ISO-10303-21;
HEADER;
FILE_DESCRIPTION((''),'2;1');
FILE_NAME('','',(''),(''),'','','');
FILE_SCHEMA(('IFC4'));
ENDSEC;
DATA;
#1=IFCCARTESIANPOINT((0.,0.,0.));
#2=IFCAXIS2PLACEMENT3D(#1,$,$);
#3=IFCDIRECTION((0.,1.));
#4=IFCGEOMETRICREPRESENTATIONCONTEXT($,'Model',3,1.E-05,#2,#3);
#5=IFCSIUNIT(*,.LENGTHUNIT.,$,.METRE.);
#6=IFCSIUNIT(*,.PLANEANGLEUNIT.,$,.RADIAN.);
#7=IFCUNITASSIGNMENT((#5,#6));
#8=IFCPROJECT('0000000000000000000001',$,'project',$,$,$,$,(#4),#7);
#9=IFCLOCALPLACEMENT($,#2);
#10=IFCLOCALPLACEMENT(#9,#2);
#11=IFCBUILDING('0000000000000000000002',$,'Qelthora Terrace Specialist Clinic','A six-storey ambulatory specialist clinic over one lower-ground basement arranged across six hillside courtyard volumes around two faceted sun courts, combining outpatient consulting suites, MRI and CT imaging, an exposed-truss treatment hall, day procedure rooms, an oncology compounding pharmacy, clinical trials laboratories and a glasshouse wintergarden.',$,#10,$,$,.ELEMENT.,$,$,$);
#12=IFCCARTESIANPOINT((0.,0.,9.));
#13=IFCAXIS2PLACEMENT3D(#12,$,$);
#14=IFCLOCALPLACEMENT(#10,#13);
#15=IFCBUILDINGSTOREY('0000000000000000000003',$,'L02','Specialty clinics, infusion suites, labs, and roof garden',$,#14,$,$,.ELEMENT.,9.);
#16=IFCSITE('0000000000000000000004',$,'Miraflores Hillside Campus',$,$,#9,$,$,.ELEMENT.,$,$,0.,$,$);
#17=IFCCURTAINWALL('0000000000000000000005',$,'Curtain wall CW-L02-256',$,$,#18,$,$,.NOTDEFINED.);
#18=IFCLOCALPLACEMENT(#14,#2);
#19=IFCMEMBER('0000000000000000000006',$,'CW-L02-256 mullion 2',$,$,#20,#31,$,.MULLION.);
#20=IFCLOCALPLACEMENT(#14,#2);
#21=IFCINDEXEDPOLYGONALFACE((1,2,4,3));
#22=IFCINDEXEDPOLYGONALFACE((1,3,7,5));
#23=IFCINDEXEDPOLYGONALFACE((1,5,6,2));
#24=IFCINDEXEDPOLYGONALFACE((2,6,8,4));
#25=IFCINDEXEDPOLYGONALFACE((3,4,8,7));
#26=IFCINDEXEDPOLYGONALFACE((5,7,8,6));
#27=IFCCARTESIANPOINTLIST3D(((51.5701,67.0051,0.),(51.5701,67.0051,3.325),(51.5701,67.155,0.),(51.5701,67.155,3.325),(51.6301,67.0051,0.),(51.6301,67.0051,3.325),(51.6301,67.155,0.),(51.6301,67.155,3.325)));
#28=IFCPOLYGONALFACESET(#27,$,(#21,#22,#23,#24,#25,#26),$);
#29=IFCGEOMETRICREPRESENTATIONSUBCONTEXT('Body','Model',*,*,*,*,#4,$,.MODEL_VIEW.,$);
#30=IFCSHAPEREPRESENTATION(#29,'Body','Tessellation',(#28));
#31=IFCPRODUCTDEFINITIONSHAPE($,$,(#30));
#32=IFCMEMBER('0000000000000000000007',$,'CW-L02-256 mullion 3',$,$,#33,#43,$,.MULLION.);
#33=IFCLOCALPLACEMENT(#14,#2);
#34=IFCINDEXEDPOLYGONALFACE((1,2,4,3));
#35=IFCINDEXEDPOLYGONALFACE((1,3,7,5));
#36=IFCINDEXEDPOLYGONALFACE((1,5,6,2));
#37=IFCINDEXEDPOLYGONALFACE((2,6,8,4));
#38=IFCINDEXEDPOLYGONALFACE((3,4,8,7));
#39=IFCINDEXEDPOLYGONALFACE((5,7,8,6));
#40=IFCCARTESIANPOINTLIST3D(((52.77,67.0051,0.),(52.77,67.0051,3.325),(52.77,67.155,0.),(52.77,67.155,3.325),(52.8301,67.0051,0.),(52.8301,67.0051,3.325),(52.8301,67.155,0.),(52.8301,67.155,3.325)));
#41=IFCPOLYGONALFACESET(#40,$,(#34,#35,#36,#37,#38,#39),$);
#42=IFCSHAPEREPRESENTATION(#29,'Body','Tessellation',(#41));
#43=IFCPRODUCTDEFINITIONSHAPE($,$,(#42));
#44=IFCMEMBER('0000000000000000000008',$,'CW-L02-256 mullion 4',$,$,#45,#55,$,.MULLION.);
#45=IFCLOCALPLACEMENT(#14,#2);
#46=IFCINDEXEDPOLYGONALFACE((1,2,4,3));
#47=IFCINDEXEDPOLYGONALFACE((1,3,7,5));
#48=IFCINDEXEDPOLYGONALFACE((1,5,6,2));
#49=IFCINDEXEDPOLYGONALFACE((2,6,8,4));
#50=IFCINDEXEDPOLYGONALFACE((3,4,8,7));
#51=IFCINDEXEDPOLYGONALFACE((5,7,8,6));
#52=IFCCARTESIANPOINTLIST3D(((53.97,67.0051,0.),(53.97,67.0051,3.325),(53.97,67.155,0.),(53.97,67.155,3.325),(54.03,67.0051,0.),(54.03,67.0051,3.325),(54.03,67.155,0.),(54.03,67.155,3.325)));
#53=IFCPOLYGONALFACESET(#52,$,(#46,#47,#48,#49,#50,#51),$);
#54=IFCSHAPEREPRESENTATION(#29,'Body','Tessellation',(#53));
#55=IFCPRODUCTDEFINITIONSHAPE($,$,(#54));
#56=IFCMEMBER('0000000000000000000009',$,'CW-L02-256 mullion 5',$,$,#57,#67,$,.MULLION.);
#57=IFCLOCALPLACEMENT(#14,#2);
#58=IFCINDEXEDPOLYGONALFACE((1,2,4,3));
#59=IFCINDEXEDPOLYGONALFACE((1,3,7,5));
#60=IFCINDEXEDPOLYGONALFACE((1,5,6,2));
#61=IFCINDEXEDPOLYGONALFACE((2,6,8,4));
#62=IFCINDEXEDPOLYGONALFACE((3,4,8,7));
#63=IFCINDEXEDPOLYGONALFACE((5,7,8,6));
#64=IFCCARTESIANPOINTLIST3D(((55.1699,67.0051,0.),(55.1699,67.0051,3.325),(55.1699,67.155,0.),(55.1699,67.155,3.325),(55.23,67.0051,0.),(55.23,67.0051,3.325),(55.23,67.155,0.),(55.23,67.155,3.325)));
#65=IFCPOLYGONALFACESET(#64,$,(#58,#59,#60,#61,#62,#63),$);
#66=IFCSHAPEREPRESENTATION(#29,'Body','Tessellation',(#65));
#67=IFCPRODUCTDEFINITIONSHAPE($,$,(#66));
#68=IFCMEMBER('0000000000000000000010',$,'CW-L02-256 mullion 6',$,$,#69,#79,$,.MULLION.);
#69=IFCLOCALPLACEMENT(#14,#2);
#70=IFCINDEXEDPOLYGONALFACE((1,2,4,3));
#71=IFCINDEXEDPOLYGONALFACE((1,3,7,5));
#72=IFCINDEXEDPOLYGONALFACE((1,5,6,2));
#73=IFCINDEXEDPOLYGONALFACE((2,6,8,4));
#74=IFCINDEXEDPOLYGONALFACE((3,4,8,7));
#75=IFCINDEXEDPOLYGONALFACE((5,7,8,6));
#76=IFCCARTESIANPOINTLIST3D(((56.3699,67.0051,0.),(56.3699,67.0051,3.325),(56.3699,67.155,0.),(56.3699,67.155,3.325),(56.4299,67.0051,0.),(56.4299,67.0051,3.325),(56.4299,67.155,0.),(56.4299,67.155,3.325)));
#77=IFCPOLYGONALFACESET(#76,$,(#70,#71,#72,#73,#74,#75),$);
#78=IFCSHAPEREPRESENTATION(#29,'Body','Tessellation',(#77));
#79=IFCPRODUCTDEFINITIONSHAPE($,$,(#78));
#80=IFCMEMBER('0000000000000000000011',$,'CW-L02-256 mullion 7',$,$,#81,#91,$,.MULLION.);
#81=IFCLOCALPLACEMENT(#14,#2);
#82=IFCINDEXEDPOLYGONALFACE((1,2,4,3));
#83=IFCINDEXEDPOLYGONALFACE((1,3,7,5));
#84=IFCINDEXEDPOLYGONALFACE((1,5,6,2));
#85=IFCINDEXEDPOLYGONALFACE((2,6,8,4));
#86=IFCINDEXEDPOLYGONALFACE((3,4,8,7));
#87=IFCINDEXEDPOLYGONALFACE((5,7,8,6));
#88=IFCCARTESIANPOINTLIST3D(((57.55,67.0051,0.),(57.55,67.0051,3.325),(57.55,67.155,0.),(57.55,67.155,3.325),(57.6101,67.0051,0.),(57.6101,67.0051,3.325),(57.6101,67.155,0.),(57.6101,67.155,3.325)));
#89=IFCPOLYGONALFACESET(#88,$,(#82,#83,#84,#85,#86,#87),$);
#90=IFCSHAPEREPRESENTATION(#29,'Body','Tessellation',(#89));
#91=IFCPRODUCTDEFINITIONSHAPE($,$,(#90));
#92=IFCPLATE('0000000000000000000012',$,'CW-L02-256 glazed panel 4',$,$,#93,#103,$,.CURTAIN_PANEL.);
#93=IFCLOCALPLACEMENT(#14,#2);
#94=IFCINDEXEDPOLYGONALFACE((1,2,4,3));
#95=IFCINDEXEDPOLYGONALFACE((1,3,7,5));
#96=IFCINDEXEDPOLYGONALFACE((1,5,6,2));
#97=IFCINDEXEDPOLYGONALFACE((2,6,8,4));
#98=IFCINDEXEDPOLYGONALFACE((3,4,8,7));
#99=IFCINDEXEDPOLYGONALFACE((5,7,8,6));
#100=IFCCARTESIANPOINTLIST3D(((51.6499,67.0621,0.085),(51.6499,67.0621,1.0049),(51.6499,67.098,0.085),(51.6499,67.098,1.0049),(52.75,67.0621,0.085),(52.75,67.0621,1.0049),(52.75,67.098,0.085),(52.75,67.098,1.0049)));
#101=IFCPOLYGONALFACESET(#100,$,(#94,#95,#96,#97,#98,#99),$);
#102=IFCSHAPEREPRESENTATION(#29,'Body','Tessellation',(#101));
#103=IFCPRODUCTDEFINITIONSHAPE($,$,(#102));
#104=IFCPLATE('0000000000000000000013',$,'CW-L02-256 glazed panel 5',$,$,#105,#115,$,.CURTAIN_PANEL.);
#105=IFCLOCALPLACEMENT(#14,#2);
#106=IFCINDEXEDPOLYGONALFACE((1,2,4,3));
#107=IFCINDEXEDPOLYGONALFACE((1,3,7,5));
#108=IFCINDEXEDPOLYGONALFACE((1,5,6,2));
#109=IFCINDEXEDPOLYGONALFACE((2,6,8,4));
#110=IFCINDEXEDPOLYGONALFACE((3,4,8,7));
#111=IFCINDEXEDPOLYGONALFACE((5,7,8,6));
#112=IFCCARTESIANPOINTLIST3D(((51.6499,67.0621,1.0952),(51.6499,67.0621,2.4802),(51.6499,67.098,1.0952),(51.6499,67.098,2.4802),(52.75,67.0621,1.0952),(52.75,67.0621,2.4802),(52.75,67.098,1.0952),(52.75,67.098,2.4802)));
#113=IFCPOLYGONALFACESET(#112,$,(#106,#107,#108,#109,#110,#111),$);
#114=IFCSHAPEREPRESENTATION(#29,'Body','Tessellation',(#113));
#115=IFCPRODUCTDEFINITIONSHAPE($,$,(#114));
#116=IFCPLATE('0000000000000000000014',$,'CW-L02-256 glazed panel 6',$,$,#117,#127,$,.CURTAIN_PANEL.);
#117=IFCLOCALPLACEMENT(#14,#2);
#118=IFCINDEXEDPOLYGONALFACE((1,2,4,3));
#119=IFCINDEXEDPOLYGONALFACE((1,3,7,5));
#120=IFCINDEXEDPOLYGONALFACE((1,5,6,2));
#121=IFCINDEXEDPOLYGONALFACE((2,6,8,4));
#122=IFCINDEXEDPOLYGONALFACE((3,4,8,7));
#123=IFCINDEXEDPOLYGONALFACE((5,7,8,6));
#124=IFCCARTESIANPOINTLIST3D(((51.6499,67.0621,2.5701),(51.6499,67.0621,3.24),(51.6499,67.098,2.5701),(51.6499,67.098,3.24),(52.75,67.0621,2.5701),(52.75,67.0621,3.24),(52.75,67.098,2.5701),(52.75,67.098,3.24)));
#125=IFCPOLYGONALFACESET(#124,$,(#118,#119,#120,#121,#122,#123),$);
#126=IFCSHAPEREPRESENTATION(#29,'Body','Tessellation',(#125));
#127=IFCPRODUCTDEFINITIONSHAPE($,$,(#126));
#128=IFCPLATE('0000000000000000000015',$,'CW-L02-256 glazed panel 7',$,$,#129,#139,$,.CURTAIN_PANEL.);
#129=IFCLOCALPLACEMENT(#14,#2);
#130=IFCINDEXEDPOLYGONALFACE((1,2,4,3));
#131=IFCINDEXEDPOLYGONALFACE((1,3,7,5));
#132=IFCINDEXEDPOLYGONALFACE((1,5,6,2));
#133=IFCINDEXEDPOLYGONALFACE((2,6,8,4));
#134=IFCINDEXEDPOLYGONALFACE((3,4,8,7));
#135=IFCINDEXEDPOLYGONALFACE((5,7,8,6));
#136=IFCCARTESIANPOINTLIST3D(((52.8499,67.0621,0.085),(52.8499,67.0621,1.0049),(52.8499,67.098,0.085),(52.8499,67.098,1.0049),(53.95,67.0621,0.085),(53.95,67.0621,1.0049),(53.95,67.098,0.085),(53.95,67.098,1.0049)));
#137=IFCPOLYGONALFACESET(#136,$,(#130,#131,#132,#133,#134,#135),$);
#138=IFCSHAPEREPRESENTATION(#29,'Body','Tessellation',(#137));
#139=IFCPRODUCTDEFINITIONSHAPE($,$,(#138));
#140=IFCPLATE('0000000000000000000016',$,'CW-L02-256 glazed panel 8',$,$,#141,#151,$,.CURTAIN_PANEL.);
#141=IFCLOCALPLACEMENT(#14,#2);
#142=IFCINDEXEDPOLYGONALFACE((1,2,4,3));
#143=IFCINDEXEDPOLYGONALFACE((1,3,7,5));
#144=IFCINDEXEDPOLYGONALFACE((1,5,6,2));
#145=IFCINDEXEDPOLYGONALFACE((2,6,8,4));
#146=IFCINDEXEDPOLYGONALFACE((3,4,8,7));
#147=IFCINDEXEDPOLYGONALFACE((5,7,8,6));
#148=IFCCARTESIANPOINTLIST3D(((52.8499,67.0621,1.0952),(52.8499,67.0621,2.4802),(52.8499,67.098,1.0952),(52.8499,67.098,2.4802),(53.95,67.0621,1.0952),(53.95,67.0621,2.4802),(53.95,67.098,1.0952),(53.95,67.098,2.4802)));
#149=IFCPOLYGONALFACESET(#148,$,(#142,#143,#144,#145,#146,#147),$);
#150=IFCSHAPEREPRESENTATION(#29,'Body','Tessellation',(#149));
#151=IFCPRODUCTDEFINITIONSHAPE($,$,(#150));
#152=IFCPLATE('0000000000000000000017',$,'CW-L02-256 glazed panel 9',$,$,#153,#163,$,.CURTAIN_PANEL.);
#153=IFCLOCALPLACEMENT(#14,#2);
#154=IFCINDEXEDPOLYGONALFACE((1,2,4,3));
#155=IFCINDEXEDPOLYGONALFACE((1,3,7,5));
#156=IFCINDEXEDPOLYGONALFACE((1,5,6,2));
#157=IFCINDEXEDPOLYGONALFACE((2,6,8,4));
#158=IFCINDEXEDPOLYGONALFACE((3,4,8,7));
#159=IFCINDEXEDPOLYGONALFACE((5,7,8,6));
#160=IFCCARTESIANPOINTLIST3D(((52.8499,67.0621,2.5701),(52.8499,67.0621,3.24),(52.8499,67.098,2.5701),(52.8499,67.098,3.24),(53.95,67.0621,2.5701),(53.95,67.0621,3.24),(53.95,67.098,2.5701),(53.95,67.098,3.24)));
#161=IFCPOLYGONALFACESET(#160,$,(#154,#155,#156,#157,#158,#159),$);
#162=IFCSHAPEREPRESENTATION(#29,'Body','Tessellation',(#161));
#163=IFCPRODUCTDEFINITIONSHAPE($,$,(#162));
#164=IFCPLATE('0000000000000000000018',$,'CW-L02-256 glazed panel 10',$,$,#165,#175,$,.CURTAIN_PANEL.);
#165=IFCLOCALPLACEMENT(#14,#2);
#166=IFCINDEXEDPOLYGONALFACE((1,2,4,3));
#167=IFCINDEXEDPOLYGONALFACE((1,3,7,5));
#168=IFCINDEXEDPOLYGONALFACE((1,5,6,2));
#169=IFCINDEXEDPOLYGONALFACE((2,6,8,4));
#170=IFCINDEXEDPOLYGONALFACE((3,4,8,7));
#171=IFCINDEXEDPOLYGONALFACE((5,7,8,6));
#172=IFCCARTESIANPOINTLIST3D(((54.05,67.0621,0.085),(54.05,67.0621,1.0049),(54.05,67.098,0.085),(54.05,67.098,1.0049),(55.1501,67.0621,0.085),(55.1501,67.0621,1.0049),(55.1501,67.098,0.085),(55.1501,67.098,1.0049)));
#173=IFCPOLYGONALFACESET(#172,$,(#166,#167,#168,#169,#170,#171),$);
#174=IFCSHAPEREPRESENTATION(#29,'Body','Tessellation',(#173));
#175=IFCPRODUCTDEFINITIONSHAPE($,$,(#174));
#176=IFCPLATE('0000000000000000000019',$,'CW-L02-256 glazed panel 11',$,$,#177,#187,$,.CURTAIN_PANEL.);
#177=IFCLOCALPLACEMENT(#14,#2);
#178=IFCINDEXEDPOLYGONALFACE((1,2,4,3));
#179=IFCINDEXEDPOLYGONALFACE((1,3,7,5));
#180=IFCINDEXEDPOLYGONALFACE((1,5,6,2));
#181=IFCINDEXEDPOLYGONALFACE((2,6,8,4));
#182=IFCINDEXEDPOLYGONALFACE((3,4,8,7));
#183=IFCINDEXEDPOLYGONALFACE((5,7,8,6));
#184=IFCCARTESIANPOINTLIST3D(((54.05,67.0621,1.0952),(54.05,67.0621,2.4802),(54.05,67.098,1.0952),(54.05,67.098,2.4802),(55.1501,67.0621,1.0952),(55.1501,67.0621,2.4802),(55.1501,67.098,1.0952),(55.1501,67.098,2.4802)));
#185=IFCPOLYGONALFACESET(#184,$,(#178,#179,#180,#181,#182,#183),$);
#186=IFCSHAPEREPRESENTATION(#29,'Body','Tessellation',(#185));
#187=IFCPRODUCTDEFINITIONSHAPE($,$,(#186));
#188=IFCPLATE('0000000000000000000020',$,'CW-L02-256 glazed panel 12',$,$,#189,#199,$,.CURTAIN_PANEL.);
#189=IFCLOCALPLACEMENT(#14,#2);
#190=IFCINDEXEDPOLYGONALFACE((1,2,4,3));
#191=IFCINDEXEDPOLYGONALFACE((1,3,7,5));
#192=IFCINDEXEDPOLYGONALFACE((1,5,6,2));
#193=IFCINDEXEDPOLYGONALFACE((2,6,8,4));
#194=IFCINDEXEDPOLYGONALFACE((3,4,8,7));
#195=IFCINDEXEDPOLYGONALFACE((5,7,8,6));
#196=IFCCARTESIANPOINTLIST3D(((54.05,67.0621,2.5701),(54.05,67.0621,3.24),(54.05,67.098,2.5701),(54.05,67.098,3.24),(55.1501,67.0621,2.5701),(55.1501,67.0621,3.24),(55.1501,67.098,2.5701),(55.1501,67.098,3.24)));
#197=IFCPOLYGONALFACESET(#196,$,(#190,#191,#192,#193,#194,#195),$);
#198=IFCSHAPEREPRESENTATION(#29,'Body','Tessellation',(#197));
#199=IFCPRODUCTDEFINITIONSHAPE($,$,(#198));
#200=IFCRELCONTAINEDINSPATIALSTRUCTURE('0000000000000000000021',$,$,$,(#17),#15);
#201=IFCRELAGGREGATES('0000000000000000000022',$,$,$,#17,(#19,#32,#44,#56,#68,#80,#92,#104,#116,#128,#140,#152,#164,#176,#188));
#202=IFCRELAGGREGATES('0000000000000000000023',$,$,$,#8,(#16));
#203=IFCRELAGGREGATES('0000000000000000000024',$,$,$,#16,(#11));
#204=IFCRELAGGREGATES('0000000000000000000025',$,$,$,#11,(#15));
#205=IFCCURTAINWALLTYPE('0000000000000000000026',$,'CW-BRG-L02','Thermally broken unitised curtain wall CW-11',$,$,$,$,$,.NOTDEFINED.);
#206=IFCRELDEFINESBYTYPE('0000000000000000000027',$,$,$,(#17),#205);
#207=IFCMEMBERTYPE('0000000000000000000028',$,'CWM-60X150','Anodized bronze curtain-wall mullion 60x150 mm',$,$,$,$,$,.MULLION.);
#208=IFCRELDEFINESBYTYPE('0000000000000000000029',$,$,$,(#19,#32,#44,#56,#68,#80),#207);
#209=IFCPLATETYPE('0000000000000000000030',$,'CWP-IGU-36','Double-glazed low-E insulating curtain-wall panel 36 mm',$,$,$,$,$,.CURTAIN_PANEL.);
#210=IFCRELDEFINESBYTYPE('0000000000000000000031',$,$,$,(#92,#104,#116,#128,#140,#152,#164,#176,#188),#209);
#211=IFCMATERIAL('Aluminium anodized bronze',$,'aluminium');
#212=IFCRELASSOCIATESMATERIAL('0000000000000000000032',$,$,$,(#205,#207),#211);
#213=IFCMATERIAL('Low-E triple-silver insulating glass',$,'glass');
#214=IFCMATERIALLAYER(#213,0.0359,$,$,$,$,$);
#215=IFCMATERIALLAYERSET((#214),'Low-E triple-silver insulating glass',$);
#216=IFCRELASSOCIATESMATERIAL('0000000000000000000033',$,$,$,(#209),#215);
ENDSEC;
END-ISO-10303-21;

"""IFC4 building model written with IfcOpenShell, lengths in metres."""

from ifc_helpers import new_model, si_unit, direction, frame, origin, origin_2d, place, context, subcontext, project, spatial, rectangle, extrude, material, layer, layer_set, material_profile, profile_set, type_object, element, aggregate, save


model = new_model("IFC4")

# Units and contexts
model_context = context("Model", 3, precision=1e-05, world=origin(), true_north=direction((0.0, 1.0)))
body_context = subcontext(model_context, "Body", "Model", "MODEL_VIEW")
ifc_project = project(units=[si_unit("LENGTHUNIT", "METRE"), si_unit("PLANEANGLEUNIT", "RADIAN")], contexts=[model_context])

# Site, building, storey
site_placement = place(None, origin())
site = spatial("IfcSite", under=ifc_project, at=site_placement, Name="Miraflores Hillside Campus", CompositionType="ELEMENT", RefElevation=0.0)
building_placement = place(site_placement, origin())
building = spatial("IfcBuilding", under=site, at=building_placement, Name="Qelthora Terrace Specialist Clinic", Description="A six-storey ambulatory specialist clinic over one lower-ground basement arranged across six hillside courtyard volumes around two faceted sun courts, combining outpatient consulting suites, MRI and CT imaging, an exposed-truss treatment hall, day procedure rooms, an oncology compounding pharmacy, clinical trials laboratories and a glasshouse wintergarden.", CompositionType="ELEMENT")
storey_placement = place(building_placement, frame((0.0, 0.0, 9.0)))
storey = spatial("IfcBuildingStorey", under=building, at=storey_placement, Name="L02", Description="Specialty clinics, infusion suites, labs, and roof garden", CompositionType="ELEMENT", Elevation=9.0)

# Curtain wall, members, plates
ifc_material_1 = material(Name="Aluminium anodized bronze", Category="aluminium")
curtain_wall_type = type_object("IfcCurtainWallType", Name="CW-BRG-L02", Description="Thermally broken unitised curtain wall CW-11", PredefinedType="NOTDEFINED", material=ifc_material_1)
curtain_wall_placement = place(storey_placement, origin())
curtain_wall = element("IfcCurtainWall", 1, at=curtain_wall_placement, inside=storey, type_object=curtain_wall_type, Name="Curtain wall CW-L02-256", PredefinedType="NOTDEFINED")
ifc_material_profile = material_profile(ifc_material_1, rectangle(XDim=0.0601, YDim=0.1499, at=origin_2d()), Name="CWM60X150")
ifc_profile_set = profile_set([ifc_material_profile], Name="Aluminium anodized bronze")
member_type = type_object("IfcMemberType", Name="CWM-60X150", Description="Anodized bronze curtain-wall mullion 60x150 mm", PredefinedType="MULLION", material=ifc_profile_set)
member_1_placement = place(storey_placement, frame((51.6001, 67.0801, 0.0), z_axis=(0.0, 0.0, 1.0), x_axis=(1.0, 0.0, 0.0)))
member_1 = element("IfcMember", 2, at=member_1_placement, type_object=member_type, Name="CW-L02-256 mullion 2", PredefinedType="MULLION", context=body_context, shape_type="SweptSolid", body=[
    extrude(rectangle(XDim=0.0601, YDim=0.1499, at=origin_2d()), origin(), (0.0, 0.0, 1.0), 3.325),
])
member_2_placement = place(storey_placement, frame((52.8, 67.0801, 0.0), z_axis=(0.0, 0.0, 1.0), x_axis=(1.0, 0.0, 0.0)))
member_2 = element("IfcMember", 3, at=member_2_placement, type_object=member_type, Name="CW-L02-256 mullion 3", PredefinedType="MULLION", context=body_context, shape_type="SweptSolid", body=[
    extrude(rectangle(XDim=0.0601, YDim=0.1499, at=origin_2d()), origin(), (0.0, 0.0, 1.0), 3.325),
])
member_3_placement = place(storey_placement, frame((54.0, 67.0801, 0.0), z_axis=(0.0, 0.0, 1.0), x_axis=(1.0, 0.0, 0.0)))
member_3 = element("IfcMember", 4, at=member_3_placement, type_object=member_type, Name="CW-L02-256 mullion 4", PredefinedType="MULLION", context=body_context, shape_type="SweptSolid", body=[
    extrude(rectangle(XDim=0.0601, YDim=0.1499, at=origin_2d()), origin(), (0.0, 0.0, 1.0), 3.325),
])
member_4_placement = place(storey_placement, frame((55.2, 67.0801, 0.0), z_axis=(0.0, 0.0, 1.0), x_axis=(1.0, 0.0, 0.0)))
member_4 = element("IfcMember", 5, at=member_4_placement, type_object=member_type, Name="CW-L02-256 mullion 5", PredefinedType="MULLION", context=body_context, shape_type="SweptSolid", body=[
    extrude(rectangle(XDim=0.0601, YDim=0.1499, at=origin_2d()), origin(), (0.0, 0.0, 1.0), 3.325),
])
member_5_placement = place(storey_placement, frame((56.3999, 67.0801, 0.0), z_axis=(0.0, 0.0, 1.0), x_axis=(1.0, 0.0, 0.0)))
member_5 = element("IfcMember", 6, at=member_5_placement, type_object=member_type, Name="CW-L02-256 mullion 6", PredefinedType="MULLION", context=body_context, shape_type="SweptSolid", body=[
    extrude(rectangle(XDim=0.0601, YDim=0.1499, at=origin_2d()), origin(), (0.0, 0.0, 1.0), 3.325),
])
member_6_placement = place(storey_placement, frame((57.5801, 67.0801, 0.0), z_axis=(0.0, 0.0, 1.0), x_axis=(1.0, 0.0, 0.0)))
member_6 = element("IfcMember", 7, at=member_6_placement, type_object=member_type, Name="CW-L02-256 mullion 7", PredefinedType="MULLION", context=body_context, shape_type="SweptSolid", body=[
    extrude(rectangle(XDim=0.0601, YDim=0.1499, at=origin_2d()), origin(), (0.0, 0.0, 1.0), 3.325),
])
ifc_material_2 = material(Name="Low-E triple-silver insulating glass", Category="glass")
ifc_layer_1 = layer(ifc_material_2, 0.0359)
ifc_layer_set_1 = layer_set([ifc_layer_1], Name="Low-E triple-silver insulating glass")
plate_type = type_object("IfcPlateType", Name="CWP-IGU-36", Description="Double-glazed low-E insulating curtain-wall panel 36 mm", PredefinedType="CURTAIN_PANEL", material=ifc_layer_set_1)
plate_1_placement = place(storey_placement, frame((52.2, 67.0801, 0.085), z_axis=(0.0, 0.0, 1.0), x_axis=(1.0, 0.0, 0.0)))
plate_1 = element("IfcPlate", 8, at=plate_1_placement, type_object=plate_type, Name="CW-L02-256 glazed panel 4", PredefinedType="CURTAIN_PANEL", context=body_context, shape_type="SweptSolid", body=[
    extrude(rectangle(XDim=1.1001, YDim=0.0359, at=origin_2d()), origin(), (0.0, 0.0, 1.0), 0.9199),
])
plate_2_placement = place(storey_placement, frame((52.2, 67.0801, 1.0952), z_axis=(0.0, 0.0, 1.0), x_axis=(1.0, 0.0, 0.0)))
plate_2 = element("IfcPlate", 9, at=plate_2_placement, type_object=plate_type, Name="CW-L02-256 glazed panel 5", PredefinedType="CURTAIN_PANEL", context=body_context, shape_type="SweptSolid", body=[
    extrude(rectangle(XDim=1.1001, YDim=0.0359, at=origin_2d()), origin(), (0.0, 0.0, 1.0), 1.385),
])
plate_3_placement = place(storey_placement, frame((52.2, 67.0801, 2.5701), z_axis=(0.0, 0.0, 1.0), x_axis=(1.0, 0.0, 0.0)))
plate_3 = element("IfcPlate", 10, at=plate_3_placement, type_object=plate_type, Name="CW-L02-256 glazed panel 6", PredefinedType="CURTAIN_PANEL", context=body_context, shape_type="SweptSolid", body=[
    extrude(rectangle(XDim=1.1001, YDim=0.0359, at=origin_2d()), origin(), (0.0, 0.0, 1.0), 0.6699),
])
plate_4_placement = place(storey_placement, frame((53.3999, 67.0801, 0.085), z_axis=(0.0, 0.0, 1.0), x_axis=(1.0, 0.0, 0.0)))
plate_4 = element("IfcPlate", 11, at=plate_4_placement, type_object=plate_type, Name="CW-L02-256 glazed panel 7", PredefinedType="CURTAIN_PANEL", context=body_context, shape_type="SweptSolid", body=[
    extrude(rectangle(XDim=1.1001, YDim=0.0359, at=origin_2d()), origin(), (0.0, 0.0, 1.0), 0.9199),
])
plate_5_placement = place(storey_placement, frame((53.3999, 67.0801, 1.0952), z_axis=(0.0, 0.0, 1.0), x_axis=(1.0, 0.0, 0.0)))
plate_5 = element("IfcPlate", 12, at=plate_5_placement, type_object=plate_type, Name="CW-L02-256 glazed panel 8", PredefinedType="CURTAIN_PANEL", context=body_context, shape_type="SweptSolid", body=[
    extrude(rectangle(XDim=1.1001, YDim=0.0359, at=origin_2d()), origin(), (0.0, 0.0, 1.0), 1.385),
])
plate_6_placement = place(storey_placement, frame((53.3999, 67.0801, 2.5701), z_axis=(0.0, 0.0, 1.0), x_axis=(1.0, 0.0, 0.0)))
plate_6 = element("IfcPlate", 13, at=plate_6_placement, type_object=plate_type, Name="CW-L02-256 glazed panel 9", PredefinedType="CURTAIN_PANEL", context=body_context, shape_type="SweptSolid", body=[
    extrude(rectangle(XDim=1.1001, YDim=0.0359, at=origin_2d()), origin(), (0.0, 0.0, 1.0), 0.6699),
])
plate_7_placement = place(storey_placement, frame((54.6001, 67.0801, 0.085), z_axis=(0.0, 0.0, 1.0), x_axis=(1.0, 0.0, 0.0)))
plate_7 = element("IfcPlate", 14, at=plate_7_placement, type_object=plate_type, Name="CW-L02-256 glazed panel 10", PredefinedType="CURTAIN_PANEL", context=body_context, shape_type="SweptSolid", body=[
    extrude(rectangle(XDim=1.1001, YDim=0.0359, at=origin_2d()), origin(), (0.0, 0.0, 1.0), 0.9199),
])
plate_8_placement = place(storey_placement, frame((54.6001, 67.0801, 1.0952), z_axis=(0.0, 0.0, 1.0), x_axis=(1.0, 0.0, 0.0)))
plate_8 = element("IfcPlate", 15, at=plate_8_placement, type_object=plate_type, Name="CW-L02-256 glazed panel 11", PredefinedType="CURTAIN_PANEL", context=body_context, shape_type="SweptSolid", body=[
    extrude(rectangle(XDim=1.1001, YDim=0.0359, at=origin_2d()), origin(), (0.0, 0.0, 1.0), 1.385),
])
plate_9_placement = place(storey_placement, frame((54.6001, 67.0801, 2.5701), z_axis=(0.0, 0.0, 1.0), x_axis=(1.0, 0.0, 0.0)))
plate_9 = element("IfcPlate", 16, at=plate_9_placement, type_object=plate_type, Name="CW-L02-256 glazed panel 12", PredefinedType="CURTAIN_PANEL", context=body_context, shape_type="SweptSolid", body=[
    extrude(rectangle(XDim=1.1001, YDim=0.0359, at=origin_2d()), origin(), (0.0, 0.0, 1.0), 0.6699),
])
aggregate(curtain_wall, [member_1, member_2, member_3, member_4, member_5, member_6, plate_1, plate_2, plate_3, plate_4, plate_5, plate_6, plate_7, plate_8, plate_9])

save(model, "model.ifc")
